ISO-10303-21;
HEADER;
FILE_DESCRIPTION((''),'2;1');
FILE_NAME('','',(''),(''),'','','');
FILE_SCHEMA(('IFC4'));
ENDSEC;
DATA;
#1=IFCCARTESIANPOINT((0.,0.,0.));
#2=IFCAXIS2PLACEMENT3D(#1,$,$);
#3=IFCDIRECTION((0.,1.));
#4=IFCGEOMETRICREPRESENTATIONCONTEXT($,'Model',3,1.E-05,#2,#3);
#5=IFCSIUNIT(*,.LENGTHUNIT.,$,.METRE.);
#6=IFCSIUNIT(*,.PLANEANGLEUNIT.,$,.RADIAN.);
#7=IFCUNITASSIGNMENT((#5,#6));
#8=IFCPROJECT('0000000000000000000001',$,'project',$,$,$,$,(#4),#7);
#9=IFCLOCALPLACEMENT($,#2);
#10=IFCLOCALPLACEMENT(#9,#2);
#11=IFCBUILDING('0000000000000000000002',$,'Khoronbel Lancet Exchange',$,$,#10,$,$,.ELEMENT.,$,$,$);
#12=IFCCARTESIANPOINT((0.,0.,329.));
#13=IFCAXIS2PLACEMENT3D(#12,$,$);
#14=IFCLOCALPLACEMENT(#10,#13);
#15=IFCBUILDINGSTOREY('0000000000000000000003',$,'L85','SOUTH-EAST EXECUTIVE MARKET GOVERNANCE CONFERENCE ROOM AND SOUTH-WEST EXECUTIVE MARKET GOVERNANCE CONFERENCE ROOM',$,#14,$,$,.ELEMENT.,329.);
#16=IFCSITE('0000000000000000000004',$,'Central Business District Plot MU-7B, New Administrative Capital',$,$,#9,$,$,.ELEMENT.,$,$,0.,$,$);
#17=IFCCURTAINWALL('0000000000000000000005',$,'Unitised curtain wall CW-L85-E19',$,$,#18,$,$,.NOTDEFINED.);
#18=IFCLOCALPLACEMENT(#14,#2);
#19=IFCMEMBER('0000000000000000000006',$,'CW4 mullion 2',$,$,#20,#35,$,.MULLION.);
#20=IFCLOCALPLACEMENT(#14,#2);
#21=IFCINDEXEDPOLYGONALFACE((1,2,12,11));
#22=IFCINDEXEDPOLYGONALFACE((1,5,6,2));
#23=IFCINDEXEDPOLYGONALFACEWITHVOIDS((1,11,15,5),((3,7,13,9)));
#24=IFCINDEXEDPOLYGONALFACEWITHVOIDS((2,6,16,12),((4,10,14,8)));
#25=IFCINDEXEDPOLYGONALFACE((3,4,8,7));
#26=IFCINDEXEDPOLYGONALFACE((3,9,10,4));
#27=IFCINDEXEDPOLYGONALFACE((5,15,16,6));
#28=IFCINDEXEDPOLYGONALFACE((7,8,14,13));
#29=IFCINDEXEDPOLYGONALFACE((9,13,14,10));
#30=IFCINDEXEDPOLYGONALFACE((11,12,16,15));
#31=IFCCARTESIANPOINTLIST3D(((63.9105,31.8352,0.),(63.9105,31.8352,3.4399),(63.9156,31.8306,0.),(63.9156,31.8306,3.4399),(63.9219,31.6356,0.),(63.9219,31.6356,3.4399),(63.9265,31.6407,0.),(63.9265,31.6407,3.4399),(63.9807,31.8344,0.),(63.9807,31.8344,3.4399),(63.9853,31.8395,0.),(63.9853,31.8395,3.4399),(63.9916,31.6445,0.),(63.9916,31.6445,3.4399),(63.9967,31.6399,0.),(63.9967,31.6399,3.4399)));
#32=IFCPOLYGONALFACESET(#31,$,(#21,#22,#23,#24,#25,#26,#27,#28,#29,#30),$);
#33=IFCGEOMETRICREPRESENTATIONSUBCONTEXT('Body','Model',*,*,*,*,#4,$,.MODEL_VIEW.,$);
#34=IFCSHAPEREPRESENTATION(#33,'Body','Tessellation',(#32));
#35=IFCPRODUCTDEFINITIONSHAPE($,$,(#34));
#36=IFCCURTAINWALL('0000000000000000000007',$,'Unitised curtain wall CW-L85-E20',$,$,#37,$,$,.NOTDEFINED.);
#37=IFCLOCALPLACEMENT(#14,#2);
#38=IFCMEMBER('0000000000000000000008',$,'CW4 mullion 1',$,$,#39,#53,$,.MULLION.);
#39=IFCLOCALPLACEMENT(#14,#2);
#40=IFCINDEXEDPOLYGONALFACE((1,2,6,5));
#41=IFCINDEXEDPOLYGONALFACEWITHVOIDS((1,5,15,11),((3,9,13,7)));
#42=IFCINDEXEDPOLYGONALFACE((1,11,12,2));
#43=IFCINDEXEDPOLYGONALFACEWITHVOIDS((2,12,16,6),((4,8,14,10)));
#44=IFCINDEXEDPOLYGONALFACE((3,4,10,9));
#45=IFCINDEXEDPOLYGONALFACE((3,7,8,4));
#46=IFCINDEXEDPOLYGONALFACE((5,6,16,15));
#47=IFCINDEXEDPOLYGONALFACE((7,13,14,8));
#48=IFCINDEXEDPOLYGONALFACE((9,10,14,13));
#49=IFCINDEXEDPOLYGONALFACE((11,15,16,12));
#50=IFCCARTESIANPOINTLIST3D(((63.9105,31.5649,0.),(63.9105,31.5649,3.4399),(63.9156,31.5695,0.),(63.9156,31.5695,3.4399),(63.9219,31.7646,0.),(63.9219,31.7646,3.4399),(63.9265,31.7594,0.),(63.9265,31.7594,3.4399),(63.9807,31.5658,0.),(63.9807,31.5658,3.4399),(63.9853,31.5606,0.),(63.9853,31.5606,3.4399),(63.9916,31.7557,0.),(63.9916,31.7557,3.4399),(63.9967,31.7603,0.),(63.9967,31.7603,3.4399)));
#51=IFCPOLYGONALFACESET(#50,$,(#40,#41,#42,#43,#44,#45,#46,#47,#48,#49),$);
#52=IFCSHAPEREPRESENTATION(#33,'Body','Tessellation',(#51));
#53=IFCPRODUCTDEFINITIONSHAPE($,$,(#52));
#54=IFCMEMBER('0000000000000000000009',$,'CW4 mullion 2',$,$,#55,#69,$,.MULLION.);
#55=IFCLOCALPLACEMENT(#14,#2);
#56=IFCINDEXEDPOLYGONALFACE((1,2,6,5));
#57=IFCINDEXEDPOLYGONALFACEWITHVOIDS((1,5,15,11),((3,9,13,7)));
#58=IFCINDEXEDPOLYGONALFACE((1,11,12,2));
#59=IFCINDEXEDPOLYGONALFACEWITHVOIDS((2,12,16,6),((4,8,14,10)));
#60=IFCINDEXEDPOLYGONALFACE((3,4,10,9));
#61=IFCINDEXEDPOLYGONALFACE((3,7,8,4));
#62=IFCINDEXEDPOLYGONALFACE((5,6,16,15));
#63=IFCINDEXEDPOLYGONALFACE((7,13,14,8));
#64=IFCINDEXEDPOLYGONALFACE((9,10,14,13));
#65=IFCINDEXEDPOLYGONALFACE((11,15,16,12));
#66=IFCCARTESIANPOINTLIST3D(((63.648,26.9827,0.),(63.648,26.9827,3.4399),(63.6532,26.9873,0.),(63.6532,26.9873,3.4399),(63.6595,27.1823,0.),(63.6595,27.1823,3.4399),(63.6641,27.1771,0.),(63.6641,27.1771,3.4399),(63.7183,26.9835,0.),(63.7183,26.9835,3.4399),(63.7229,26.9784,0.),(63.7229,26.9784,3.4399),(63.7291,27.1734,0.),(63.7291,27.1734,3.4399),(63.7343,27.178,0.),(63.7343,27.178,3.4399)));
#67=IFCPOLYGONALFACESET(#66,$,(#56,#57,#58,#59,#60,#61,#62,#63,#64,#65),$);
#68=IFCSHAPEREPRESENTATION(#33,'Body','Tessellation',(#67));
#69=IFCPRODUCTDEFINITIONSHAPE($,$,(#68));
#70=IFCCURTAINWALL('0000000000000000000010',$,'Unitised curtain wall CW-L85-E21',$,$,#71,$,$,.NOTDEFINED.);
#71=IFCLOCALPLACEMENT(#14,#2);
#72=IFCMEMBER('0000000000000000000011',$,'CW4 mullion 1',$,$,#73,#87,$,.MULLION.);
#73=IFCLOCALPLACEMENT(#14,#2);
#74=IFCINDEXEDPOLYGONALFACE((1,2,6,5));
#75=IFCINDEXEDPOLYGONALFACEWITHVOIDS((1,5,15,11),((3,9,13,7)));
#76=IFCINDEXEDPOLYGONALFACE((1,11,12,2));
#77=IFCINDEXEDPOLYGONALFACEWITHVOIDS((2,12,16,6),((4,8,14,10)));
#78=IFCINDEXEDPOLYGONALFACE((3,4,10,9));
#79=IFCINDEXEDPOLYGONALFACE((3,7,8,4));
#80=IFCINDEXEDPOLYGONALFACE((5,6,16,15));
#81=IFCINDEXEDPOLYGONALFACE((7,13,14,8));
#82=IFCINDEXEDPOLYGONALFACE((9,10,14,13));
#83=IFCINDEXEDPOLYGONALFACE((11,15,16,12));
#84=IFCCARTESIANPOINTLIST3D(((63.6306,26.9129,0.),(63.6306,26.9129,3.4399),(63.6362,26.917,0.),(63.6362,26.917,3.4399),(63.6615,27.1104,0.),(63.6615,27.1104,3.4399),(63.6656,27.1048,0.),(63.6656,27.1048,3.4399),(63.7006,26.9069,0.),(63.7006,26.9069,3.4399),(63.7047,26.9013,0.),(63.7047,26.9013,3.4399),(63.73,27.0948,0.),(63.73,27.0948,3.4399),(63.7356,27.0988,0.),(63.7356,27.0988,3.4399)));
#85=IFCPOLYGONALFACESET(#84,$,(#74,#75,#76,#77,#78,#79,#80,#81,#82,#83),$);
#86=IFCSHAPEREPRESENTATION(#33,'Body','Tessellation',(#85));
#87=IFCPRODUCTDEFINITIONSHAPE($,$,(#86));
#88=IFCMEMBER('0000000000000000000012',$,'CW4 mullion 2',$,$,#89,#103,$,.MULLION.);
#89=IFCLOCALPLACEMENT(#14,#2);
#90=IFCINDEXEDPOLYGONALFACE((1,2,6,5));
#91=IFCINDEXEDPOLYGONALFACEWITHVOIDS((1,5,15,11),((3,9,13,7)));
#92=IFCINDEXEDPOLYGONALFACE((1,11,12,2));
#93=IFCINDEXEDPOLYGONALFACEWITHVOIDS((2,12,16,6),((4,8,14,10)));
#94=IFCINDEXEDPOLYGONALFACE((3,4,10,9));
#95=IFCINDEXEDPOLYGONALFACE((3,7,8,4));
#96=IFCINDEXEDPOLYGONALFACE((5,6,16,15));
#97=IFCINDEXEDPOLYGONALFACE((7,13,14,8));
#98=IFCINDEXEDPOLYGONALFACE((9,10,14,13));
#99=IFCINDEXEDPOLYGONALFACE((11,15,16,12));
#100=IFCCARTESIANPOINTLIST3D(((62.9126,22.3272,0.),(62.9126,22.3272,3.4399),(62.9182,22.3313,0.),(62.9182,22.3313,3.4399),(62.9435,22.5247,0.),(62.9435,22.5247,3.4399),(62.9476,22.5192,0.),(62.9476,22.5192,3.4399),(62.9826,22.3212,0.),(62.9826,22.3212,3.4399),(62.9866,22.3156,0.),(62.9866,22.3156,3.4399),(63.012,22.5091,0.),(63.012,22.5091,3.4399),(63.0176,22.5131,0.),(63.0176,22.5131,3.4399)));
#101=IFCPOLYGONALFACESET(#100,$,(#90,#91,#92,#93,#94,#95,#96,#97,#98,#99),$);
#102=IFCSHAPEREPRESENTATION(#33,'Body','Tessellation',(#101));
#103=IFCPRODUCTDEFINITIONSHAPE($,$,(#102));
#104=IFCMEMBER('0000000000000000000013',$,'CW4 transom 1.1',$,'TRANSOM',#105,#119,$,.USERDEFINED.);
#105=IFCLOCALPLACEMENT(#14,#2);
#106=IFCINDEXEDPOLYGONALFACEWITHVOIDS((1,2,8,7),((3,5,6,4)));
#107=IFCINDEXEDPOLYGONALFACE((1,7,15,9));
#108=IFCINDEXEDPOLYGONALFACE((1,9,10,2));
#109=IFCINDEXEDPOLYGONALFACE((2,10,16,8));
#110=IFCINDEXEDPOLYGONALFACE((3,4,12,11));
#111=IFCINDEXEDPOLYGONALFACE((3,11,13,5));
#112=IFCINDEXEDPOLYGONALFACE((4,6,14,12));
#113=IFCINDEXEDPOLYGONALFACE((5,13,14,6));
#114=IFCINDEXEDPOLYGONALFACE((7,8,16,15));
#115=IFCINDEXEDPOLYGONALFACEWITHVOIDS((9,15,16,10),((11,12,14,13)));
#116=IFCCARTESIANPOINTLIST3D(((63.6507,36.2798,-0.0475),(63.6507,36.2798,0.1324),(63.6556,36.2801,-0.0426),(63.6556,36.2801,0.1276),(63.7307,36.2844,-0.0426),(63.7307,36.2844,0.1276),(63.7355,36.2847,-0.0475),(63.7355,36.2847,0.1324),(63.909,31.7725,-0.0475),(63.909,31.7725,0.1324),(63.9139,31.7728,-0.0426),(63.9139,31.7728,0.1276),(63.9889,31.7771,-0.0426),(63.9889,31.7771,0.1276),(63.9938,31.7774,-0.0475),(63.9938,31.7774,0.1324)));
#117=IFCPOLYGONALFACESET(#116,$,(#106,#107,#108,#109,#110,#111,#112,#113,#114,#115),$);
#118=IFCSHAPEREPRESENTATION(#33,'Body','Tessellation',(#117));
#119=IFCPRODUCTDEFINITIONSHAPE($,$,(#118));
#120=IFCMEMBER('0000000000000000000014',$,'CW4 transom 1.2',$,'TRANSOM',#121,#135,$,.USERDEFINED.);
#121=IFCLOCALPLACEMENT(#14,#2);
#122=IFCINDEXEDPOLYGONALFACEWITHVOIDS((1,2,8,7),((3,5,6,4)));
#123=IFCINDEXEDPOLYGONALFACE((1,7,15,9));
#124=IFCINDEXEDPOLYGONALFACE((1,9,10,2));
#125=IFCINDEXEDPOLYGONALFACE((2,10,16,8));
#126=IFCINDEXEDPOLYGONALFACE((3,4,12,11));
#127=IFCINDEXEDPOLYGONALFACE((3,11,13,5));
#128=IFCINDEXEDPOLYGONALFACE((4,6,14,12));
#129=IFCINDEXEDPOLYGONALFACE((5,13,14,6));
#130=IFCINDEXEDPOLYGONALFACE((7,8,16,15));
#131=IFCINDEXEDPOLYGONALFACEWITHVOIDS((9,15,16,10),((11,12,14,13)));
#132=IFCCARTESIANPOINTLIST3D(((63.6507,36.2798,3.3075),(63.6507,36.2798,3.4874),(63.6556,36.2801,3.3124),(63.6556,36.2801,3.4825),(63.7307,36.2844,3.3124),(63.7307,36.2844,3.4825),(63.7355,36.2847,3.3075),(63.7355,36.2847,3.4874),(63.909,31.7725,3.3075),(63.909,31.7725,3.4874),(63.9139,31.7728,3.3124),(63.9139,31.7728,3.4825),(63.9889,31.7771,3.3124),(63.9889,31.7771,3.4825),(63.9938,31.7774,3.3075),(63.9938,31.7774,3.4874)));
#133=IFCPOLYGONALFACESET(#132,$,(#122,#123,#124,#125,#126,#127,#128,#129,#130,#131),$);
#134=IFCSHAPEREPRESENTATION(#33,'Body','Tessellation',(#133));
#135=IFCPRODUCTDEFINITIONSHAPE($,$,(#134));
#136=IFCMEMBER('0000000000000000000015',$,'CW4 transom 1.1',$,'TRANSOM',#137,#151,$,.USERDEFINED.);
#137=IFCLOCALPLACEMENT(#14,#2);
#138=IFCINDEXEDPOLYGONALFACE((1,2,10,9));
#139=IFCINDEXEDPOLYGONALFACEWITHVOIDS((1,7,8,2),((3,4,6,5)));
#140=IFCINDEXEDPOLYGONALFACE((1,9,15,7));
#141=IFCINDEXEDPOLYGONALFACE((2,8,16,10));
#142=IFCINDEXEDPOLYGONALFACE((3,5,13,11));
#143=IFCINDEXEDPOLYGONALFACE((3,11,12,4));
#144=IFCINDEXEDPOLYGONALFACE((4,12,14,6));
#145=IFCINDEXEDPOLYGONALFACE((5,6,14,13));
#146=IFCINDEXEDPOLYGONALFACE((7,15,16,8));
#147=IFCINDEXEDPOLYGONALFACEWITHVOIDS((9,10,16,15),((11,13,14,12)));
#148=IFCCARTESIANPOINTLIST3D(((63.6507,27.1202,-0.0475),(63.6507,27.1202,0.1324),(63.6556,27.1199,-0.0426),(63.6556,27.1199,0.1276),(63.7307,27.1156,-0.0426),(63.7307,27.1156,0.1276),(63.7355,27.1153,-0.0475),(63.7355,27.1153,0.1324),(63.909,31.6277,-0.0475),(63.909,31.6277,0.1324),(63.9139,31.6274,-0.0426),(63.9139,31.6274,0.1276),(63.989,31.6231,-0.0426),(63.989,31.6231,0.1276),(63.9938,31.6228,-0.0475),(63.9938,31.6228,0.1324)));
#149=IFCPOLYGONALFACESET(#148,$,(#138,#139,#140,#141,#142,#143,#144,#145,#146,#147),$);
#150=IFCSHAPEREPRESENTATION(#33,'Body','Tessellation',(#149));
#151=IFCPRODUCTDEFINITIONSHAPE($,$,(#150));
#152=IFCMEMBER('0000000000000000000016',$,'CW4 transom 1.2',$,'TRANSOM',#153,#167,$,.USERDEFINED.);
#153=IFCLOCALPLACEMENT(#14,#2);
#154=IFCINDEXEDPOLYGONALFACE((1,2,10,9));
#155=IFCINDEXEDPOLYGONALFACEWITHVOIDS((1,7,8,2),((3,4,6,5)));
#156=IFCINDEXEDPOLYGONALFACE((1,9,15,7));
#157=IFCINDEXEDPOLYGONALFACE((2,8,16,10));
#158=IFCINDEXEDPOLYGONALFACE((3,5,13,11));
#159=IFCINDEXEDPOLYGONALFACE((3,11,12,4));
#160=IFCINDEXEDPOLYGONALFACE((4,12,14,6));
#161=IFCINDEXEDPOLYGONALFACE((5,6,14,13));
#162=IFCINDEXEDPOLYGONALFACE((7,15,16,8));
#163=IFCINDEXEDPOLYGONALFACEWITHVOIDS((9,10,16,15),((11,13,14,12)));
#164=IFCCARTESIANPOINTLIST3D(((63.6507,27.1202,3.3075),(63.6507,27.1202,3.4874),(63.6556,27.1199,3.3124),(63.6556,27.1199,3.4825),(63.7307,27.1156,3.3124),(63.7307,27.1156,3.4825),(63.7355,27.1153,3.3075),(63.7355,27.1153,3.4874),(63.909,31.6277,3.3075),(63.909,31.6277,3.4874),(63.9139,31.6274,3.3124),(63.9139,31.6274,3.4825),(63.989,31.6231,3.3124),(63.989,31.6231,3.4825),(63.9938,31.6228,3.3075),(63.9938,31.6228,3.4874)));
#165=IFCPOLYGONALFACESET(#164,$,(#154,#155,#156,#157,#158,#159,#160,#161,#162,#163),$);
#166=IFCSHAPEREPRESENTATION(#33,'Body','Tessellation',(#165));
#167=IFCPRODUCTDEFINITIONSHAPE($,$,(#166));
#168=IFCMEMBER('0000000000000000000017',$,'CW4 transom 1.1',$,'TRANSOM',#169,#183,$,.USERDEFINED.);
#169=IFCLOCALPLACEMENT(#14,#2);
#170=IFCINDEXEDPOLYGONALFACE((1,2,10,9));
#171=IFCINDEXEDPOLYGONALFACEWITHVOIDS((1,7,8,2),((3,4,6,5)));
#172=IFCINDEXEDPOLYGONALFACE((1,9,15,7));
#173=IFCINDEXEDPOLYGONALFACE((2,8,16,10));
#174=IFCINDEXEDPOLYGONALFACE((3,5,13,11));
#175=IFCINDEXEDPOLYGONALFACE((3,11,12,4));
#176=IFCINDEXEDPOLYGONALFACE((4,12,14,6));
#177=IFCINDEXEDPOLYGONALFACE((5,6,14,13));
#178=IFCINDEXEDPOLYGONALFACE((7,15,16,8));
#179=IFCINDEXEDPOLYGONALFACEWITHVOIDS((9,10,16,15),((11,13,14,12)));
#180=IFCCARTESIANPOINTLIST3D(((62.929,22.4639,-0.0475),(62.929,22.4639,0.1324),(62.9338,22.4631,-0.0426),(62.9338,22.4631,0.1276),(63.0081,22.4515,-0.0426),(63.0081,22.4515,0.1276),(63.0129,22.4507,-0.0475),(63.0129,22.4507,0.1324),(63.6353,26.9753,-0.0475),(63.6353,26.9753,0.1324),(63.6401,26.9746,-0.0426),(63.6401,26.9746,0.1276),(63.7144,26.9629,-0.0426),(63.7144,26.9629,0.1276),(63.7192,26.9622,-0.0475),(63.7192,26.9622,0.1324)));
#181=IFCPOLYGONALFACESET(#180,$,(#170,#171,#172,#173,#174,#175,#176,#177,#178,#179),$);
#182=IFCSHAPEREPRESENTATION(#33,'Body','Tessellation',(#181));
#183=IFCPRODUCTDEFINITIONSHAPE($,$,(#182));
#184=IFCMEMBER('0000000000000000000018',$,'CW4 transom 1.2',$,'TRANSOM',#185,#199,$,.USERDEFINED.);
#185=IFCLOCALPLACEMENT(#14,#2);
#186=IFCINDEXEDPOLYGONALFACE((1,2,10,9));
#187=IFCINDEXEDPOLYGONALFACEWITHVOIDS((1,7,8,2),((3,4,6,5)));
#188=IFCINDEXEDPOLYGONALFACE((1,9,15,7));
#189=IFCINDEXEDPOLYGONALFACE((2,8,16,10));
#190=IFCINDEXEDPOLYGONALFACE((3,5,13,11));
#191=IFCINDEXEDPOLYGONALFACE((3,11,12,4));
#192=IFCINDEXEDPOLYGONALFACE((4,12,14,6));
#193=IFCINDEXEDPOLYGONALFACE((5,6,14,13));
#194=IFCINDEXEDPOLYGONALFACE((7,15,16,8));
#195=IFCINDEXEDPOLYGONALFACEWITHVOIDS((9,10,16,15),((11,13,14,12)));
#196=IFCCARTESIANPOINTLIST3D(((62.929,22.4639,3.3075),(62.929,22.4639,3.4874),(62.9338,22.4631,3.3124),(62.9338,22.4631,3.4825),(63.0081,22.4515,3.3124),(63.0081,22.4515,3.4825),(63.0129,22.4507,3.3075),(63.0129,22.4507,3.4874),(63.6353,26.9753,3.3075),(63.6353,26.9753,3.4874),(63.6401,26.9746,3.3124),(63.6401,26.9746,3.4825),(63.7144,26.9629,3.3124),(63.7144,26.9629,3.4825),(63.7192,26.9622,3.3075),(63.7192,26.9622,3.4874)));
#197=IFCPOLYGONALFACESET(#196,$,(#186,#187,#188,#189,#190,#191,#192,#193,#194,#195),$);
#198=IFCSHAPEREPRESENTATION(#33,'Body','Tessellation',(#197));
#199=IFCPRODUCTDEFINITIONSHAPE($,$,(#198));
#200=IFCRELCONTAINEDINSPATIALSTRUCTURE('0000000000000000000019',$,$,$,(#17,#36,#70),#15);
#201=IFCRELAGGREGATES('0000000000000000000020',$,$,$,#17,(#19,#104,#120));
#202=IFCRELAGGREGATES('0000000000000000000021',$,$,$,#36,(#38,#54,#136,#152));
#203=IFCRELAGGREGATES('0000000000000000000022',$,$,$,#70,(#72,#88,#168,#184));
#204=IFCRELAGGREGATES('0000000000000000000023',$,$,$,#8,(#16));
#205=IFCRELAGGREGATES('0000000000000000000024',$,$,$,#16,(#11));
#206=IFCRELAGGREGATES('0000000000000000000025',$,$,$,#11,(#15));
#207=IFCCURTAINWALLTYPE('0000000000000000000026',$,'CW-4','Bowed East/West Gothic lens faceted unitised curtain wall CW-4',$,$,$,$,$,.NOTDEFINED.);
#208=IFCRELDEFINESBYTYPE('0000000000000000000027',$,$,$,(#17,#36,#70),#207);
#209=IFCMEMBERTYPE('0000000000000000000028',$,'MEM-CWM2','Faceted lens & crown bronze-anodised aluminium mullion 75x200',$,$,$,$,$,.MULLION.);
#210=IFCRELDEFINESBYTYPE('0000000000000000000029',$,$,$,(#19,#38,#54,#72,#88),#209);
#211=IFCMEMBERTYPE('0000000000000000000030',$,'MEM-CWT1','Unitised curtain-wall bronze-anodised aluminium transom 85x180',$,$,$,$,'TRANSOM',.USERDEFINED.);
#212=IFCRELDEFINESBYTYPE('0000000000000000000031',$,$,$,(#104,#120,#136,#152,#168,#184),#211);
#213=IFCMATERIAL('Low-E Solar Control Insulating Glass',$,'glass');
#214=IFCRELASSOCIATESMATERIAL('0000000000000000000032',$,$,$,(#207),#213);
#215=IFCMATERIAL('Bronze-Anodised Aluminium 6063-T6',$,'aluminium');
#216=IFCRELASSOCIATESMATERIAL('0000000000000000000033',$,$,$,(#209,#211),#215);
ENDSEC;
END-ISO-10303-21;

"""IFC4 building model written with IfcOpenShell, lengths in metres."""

from ifc_helpers import new_model, si_unit, direction, frame, origin, origin_2d, place, context, subcontext, project, spatial, hollow_rectangle, extrude, material, material_profile, profile_set, type_object, element, aggregate, save


model = new_model("IFC4")

# Units and contexts
model_context = context("Model", 3, precision=1e-05, world=origin(), true_north=direction((0.0, 1.0)))
body_context = subcontext(model_context, "Body", "Model", "MODEL_VIEW")
ifc_project = project(units=[si_unit("LENGTHUNIT", "METRE"), si_unit("PLANEANGLEUNIT", "RADIAN")], contexts=[model_context])

# Site, building, storey
site_placement = place(None, origin())
site = spatial("IfcSite", under=ifc_project, at=site_placement, Name="Central Business District Plot MU-7B, New Administrative Capital", CompositionType="ELEMENT", RefElevation=0.0)
building_placement = place(site_placement, origin())
building = spatial("IfcBuilding", under=site, at=building_placement, Name="Khoronbel Lancet Exchange", CompositionType="ELEMENT")
storey_placement = place(building_placement, frame((0.0, 0.0, 329.0)))
storey = spatial("IfcBuildingStorey", under=building, at=storey_placement, Name="L85", Description="SOUTH-EAST EXECUTIVE MARKET GOVERNANCE CONFERENCE ROOM AND SOUTH-WEST EXECUTIVE MARKET GOVERNANCE CONFERENCE ROOM", CompositionType="ELEMENT", Elevation=329.0)

# Shared definitions
ifc_material_1 = material(Name="Low-E Solar Control Insulating Glass", Category="glass")
curtain_wall_type = type_object("IfcCurtainWallType", Name="CW-4", Description="Bowed East/West Gothic lens faceted unitised curtain wall CW-4", PredefinedType="NOTDEFINED", material=ifc_material_1)
ifc_material_2 = material(Name="Bronze-Anodised Aluminium 6063-T6", Category="aluminium")
ifc_material_profile_1 = material_profile(ifc_material_2, hollow_rectangle(XDim=0.075, YDim=0.2, WallThickness=0.0049, at=origin_2d()), Name="ALU MULLION 75x200")
ifc_profile_set_1 = profile_set([ifc_material_profile_1], Name="Bronze-Anodised Aluminium 6063-T6")
member_type_1 = type_object("IfcMemberType", Name="MEM-CWM2", Description="Faceted lens & crown bronze-anodised aluminium mullion 75x200", PredefinedType="MULLION", material=ifc_profile_set_1)

# Curtain walls, members
curtain_wall_1_placement = place(storey_placement, origin())
curtain_wall_1 = element("IfcCurtainWall", 1, at=curtain_wall_1_placement, inside=storey, type_object=curtain_wall_type, Name="Unitised curtain wall CW-L85-E19", PredefinedType="NOTDEFINED")
member_1_placement = place(storey_placement, frame((63.9536, 31.7375, 0.0), z_axis=(0.0, 0.0, 1.0), x_axis=(0.998362, 0.057216, 0.0)))
member_1 = element("IfcMember", 2, at=member_1_placement, type_object=member_type_1, Name="CW4 mullion 2", PredefinedType="MULLION", context=body_context, shape_type="SweptSolid", body=[
    extrude(hollow_rectangle(XDim=0.075, YDim=0.2, WallThickness=0.0049, at=origin_2d()), origin(), (0.0, 0.0, 1.0), 3.4399),
])
curtain_wall_2_placement = place(storey_placement, origin())
curtain_wall_2 = element("IfcCurtainWall", 3, at=curtain_wall_2_placement, inside=storey, type_object=curtain_wall_type, Name="Unitised curtain wall CW-L85-E20", PredefinedType="NOTDEFINED")
member_2_placement = place(storey_placement, frame((63.9536, 31.6626, 0.0), z_axis=(0.0, 0.0, 1.0), x_axis=(0.998362, -0.057216, 0.0)))
member_2 = element("IfcMember", 4, at=member_2_placement, type_object=member_type_1, Name="CW4 mullion 1", PredefinedType="MULLION", context=body_context, shape_type="SweptSolid", body=[
    extrude(hollow_rectangle(XDim=0.075, YDim=0.2, WallThickness=0.0049, at=origin_2d()), origin(), (0.0, 0.0, 1.0), 3.4399),
])
member_3_placement = place(storey_placement, frame((63.6912, 27.0803, 0.0), z_axis=(0.0, 0.0, 1.0), x_axis=(0.998362, -0.057216, 0.0)))
member_3 = element("IfcMember", 5, at=member_3_placement, type_object=member_type_1, Name="CW4 mullion 2", PredefinedType="MULLION", context=body_context, shape_type="SweptSolid", body=[
    extrude(hollow_rectangle(XDim=0.075, YDim=0.2, WallThickness=0.0049, at=origin_2d()), origin(), (0.0, 0.0, 1.0), 3.4399),
])
curtain_wall_3_placement = place(storey_placement, origin())
curtain_wall_3 = element("IfcCurtainWall", 6, at=curtain_wall_3_placement, inside=storey, type_object=curtain_wall_type, Name="Unitised curtain wall CW-L85-E21", PredefinedType="NOTDEFINED")
member_4_placement = place(storey_placement, frame((63.6831, 27.0059, 0.0), z_axis=(0.0, 0.0, 1.0), x_axis=(0.987967, -0.154668, 0.0)))
member_4 = element("IfcMember", 7, at=member_4_placement, type_object=member_type_1, Name="CW4 mullion 1", PredefinedType="MULLION", context=body_context, shape_type="SweptSolid", body=[
    extrude(hollow_rectangle(XDim=0.075, YDim=0.2, WallThickness=0.0049, at=origin_2d()), origin(), (0.0, 0.0, 1.0), 3.4399),
])
member_5_placement = place(storey_placement, frame((62.9651, 22.4202, 0.0), z_axis=(0.0, 0.0, 1.0), x_axis=(0.987967, -0.154668, 0.0)))
member_5 = element("IfcMember", 8, at=member_5_placement, type_object=member_type_1, Name="CW4 mullion 2", PredefinedType="MULLION", context=body_context, shape_type="SweptSolid", body=[
    extrude(hollow_rectangle(XDim=0.075, YDim=0.2, WallThickness=0.0049, at=origin_2d()), origin(), (0.0, 0.0, 1.0), 3.4399),
])

# Members
ifc_material_profile_2 = material_profile(ifc_material_2, hollow_rectangle(XDim=0.085, YDim=0.1799, WallThickness=0.0049, at=origin_2d()), Name="ALU TRANSOM 85x180")
ifc_profile_set_2 = profile_set([ifc_material_profile_2], Name="Bronze-Anodised Aluminium 6063-T6")
member_type_2 = type_object("IfcMemberType", Name="MEM-CWT1", Description="Unitised curtain-wall bronze-anodised aluminium transom 85x180", ElementType="TRANSOM", PredefinedType="USERDEFINED", material=ifc_profile_set_2)
member_6_placement = place(storey_placement, frame((63.6931, 36.2822, 0.0425), z_axis=(0.057213, -0.998362, 0.0), x_axis=(0.998362, 0.057213, 0.0)))
member_6 = element("IfcMember", 9, at=member_6_placement, type_object=member_type_2, Name="CW4 transom 1.1", ObjectType="TRANSOM", PredefinedType="USERDEFINED", context=body_context, shape_type="SweptSolid", body=[
    extrude(hollow_rectangle(XDim=0.085, YDim=0.1799, WallThickness=0.0049, at=origin_2d()), origin(), (0.0, 0.0, 1.0), 4.5146),
])
member_7_placement = place(storey_placement, frame((63.6931, 36.2822, 3.3975), z_axis=(0.057213, -0.998362, 0.0), x_axis=(0.998362, 0.057213, 0.0)))
member_7 = element("IfcMember", 10, at=member_7_placement, type_object=member_type_2, Name="CW4 transom 1.2", ObjectType="TRANSOM", PredefinedType="USERDEFINED", context=body_context, shape_type="SweptSolid", body=[
    extrude(hollow_rectangle(XDim=0.085, YDim=0.1799, WallThickness=0.0049, at=origin_2d()), origin(), (0.0, 0.0, 1.0), 4.5146),
])
member_8_placement = place(storey_placement, frame((63.9514, 31.6252, 0.0425), z_axis=(-0.05721, -0.998362, 0.0), x_axis=(0.998362, -0.05721, 0.0)))
member_8 = element("IfcMember", 11, at=member_8_placement, type_object=member_type_2, Name="CW4 transom 1.1", ObjectType="TRANSOM", PredefinedType="USERDEFINED", context=body_context, shape_type="SweptSolid", body=[
    extrude(hollow_rectangle(XDim=0.085, YDim=0.1799, WallThickness=0.0049, at=origin_2d()), origin(), (0.0, 0.0, 1.0), 4.5149),
])
member_9_placement = place(storey_placement, frame((63.9514, 31.6252, 3.3975), z_axis=(-0.05721, -0.998362, 0.0), x_axis=(0.998362, -0.05721, 0.0)))
member_9 = element("IfcMember", 12, at=member_9_placement, type_object=member_type_2, Name="CW4 transom 1.2", ObjectType="TRANSOM", PredefinedType="USERDEFINED", context=body_context, shape_type="SweptSolid", body=[
    extrude(hollow_rectangle(XDim=0.085, YDim=0.1799, WallThickness=0.0049, at=origin_2d()), origin(), (0.0, 0.0, 1.0), 4.5149),
])
member_10_placement = place(storey_placement, frame((63.6772, 26.9688, 0.0425), z_axis=(-0.154672, -0.987966, 0.0), x_axis=(0.987966, -0.154672, 0.0)))
member_10 = element("IfcMember", 13, at=member_10_placement, type_object=member_type_2, Name="CW4 transom 1.1", ObjectType="TRANSOM", PredefinedType="USERDEFINED", context=body_context, shape_type="SweptSolid", body=[
    extrude(hollow_rectangle(XDim=0.085, YDim=0.1799, WallThickness=0.0049, at=origin_2d()), origin(), (0.0, 0.0, 1.0), 4.5664),
])
member_11_placement = place(storey_placement, frame((63.6772, 26.9688, 3.3975), z_axis=(-0.154672, -0.987966, 0.0), x_axis=(0.987966, -0.154672, 0.0)))
member_11 = element("IfcMember", 14, at=member_11_placement, type_object=member_type_2, Name="CW4 transom 1.2", ObjectType="TRANSOM", PredefinedType="USERDEFINED", context=body_context, shape_type="SweptSolid", body=[
    extrude(hollow_rectangle(XDim=0.085, YDim=0.1799, WallThickness=0.0049, at=origin_2d()), origin(), (0.0, 0.0, 1.0), 4.5664),
])

aggregate(curtain_wall_1, [member_1, member_6, member_7])
aggregate(curtain_wall_2, [member_2, member_3, member_8, member_9])
aggregate(curtain_wall_3, [member_4, member_5, member_10, member_11])

save(model, "model.ifc")
